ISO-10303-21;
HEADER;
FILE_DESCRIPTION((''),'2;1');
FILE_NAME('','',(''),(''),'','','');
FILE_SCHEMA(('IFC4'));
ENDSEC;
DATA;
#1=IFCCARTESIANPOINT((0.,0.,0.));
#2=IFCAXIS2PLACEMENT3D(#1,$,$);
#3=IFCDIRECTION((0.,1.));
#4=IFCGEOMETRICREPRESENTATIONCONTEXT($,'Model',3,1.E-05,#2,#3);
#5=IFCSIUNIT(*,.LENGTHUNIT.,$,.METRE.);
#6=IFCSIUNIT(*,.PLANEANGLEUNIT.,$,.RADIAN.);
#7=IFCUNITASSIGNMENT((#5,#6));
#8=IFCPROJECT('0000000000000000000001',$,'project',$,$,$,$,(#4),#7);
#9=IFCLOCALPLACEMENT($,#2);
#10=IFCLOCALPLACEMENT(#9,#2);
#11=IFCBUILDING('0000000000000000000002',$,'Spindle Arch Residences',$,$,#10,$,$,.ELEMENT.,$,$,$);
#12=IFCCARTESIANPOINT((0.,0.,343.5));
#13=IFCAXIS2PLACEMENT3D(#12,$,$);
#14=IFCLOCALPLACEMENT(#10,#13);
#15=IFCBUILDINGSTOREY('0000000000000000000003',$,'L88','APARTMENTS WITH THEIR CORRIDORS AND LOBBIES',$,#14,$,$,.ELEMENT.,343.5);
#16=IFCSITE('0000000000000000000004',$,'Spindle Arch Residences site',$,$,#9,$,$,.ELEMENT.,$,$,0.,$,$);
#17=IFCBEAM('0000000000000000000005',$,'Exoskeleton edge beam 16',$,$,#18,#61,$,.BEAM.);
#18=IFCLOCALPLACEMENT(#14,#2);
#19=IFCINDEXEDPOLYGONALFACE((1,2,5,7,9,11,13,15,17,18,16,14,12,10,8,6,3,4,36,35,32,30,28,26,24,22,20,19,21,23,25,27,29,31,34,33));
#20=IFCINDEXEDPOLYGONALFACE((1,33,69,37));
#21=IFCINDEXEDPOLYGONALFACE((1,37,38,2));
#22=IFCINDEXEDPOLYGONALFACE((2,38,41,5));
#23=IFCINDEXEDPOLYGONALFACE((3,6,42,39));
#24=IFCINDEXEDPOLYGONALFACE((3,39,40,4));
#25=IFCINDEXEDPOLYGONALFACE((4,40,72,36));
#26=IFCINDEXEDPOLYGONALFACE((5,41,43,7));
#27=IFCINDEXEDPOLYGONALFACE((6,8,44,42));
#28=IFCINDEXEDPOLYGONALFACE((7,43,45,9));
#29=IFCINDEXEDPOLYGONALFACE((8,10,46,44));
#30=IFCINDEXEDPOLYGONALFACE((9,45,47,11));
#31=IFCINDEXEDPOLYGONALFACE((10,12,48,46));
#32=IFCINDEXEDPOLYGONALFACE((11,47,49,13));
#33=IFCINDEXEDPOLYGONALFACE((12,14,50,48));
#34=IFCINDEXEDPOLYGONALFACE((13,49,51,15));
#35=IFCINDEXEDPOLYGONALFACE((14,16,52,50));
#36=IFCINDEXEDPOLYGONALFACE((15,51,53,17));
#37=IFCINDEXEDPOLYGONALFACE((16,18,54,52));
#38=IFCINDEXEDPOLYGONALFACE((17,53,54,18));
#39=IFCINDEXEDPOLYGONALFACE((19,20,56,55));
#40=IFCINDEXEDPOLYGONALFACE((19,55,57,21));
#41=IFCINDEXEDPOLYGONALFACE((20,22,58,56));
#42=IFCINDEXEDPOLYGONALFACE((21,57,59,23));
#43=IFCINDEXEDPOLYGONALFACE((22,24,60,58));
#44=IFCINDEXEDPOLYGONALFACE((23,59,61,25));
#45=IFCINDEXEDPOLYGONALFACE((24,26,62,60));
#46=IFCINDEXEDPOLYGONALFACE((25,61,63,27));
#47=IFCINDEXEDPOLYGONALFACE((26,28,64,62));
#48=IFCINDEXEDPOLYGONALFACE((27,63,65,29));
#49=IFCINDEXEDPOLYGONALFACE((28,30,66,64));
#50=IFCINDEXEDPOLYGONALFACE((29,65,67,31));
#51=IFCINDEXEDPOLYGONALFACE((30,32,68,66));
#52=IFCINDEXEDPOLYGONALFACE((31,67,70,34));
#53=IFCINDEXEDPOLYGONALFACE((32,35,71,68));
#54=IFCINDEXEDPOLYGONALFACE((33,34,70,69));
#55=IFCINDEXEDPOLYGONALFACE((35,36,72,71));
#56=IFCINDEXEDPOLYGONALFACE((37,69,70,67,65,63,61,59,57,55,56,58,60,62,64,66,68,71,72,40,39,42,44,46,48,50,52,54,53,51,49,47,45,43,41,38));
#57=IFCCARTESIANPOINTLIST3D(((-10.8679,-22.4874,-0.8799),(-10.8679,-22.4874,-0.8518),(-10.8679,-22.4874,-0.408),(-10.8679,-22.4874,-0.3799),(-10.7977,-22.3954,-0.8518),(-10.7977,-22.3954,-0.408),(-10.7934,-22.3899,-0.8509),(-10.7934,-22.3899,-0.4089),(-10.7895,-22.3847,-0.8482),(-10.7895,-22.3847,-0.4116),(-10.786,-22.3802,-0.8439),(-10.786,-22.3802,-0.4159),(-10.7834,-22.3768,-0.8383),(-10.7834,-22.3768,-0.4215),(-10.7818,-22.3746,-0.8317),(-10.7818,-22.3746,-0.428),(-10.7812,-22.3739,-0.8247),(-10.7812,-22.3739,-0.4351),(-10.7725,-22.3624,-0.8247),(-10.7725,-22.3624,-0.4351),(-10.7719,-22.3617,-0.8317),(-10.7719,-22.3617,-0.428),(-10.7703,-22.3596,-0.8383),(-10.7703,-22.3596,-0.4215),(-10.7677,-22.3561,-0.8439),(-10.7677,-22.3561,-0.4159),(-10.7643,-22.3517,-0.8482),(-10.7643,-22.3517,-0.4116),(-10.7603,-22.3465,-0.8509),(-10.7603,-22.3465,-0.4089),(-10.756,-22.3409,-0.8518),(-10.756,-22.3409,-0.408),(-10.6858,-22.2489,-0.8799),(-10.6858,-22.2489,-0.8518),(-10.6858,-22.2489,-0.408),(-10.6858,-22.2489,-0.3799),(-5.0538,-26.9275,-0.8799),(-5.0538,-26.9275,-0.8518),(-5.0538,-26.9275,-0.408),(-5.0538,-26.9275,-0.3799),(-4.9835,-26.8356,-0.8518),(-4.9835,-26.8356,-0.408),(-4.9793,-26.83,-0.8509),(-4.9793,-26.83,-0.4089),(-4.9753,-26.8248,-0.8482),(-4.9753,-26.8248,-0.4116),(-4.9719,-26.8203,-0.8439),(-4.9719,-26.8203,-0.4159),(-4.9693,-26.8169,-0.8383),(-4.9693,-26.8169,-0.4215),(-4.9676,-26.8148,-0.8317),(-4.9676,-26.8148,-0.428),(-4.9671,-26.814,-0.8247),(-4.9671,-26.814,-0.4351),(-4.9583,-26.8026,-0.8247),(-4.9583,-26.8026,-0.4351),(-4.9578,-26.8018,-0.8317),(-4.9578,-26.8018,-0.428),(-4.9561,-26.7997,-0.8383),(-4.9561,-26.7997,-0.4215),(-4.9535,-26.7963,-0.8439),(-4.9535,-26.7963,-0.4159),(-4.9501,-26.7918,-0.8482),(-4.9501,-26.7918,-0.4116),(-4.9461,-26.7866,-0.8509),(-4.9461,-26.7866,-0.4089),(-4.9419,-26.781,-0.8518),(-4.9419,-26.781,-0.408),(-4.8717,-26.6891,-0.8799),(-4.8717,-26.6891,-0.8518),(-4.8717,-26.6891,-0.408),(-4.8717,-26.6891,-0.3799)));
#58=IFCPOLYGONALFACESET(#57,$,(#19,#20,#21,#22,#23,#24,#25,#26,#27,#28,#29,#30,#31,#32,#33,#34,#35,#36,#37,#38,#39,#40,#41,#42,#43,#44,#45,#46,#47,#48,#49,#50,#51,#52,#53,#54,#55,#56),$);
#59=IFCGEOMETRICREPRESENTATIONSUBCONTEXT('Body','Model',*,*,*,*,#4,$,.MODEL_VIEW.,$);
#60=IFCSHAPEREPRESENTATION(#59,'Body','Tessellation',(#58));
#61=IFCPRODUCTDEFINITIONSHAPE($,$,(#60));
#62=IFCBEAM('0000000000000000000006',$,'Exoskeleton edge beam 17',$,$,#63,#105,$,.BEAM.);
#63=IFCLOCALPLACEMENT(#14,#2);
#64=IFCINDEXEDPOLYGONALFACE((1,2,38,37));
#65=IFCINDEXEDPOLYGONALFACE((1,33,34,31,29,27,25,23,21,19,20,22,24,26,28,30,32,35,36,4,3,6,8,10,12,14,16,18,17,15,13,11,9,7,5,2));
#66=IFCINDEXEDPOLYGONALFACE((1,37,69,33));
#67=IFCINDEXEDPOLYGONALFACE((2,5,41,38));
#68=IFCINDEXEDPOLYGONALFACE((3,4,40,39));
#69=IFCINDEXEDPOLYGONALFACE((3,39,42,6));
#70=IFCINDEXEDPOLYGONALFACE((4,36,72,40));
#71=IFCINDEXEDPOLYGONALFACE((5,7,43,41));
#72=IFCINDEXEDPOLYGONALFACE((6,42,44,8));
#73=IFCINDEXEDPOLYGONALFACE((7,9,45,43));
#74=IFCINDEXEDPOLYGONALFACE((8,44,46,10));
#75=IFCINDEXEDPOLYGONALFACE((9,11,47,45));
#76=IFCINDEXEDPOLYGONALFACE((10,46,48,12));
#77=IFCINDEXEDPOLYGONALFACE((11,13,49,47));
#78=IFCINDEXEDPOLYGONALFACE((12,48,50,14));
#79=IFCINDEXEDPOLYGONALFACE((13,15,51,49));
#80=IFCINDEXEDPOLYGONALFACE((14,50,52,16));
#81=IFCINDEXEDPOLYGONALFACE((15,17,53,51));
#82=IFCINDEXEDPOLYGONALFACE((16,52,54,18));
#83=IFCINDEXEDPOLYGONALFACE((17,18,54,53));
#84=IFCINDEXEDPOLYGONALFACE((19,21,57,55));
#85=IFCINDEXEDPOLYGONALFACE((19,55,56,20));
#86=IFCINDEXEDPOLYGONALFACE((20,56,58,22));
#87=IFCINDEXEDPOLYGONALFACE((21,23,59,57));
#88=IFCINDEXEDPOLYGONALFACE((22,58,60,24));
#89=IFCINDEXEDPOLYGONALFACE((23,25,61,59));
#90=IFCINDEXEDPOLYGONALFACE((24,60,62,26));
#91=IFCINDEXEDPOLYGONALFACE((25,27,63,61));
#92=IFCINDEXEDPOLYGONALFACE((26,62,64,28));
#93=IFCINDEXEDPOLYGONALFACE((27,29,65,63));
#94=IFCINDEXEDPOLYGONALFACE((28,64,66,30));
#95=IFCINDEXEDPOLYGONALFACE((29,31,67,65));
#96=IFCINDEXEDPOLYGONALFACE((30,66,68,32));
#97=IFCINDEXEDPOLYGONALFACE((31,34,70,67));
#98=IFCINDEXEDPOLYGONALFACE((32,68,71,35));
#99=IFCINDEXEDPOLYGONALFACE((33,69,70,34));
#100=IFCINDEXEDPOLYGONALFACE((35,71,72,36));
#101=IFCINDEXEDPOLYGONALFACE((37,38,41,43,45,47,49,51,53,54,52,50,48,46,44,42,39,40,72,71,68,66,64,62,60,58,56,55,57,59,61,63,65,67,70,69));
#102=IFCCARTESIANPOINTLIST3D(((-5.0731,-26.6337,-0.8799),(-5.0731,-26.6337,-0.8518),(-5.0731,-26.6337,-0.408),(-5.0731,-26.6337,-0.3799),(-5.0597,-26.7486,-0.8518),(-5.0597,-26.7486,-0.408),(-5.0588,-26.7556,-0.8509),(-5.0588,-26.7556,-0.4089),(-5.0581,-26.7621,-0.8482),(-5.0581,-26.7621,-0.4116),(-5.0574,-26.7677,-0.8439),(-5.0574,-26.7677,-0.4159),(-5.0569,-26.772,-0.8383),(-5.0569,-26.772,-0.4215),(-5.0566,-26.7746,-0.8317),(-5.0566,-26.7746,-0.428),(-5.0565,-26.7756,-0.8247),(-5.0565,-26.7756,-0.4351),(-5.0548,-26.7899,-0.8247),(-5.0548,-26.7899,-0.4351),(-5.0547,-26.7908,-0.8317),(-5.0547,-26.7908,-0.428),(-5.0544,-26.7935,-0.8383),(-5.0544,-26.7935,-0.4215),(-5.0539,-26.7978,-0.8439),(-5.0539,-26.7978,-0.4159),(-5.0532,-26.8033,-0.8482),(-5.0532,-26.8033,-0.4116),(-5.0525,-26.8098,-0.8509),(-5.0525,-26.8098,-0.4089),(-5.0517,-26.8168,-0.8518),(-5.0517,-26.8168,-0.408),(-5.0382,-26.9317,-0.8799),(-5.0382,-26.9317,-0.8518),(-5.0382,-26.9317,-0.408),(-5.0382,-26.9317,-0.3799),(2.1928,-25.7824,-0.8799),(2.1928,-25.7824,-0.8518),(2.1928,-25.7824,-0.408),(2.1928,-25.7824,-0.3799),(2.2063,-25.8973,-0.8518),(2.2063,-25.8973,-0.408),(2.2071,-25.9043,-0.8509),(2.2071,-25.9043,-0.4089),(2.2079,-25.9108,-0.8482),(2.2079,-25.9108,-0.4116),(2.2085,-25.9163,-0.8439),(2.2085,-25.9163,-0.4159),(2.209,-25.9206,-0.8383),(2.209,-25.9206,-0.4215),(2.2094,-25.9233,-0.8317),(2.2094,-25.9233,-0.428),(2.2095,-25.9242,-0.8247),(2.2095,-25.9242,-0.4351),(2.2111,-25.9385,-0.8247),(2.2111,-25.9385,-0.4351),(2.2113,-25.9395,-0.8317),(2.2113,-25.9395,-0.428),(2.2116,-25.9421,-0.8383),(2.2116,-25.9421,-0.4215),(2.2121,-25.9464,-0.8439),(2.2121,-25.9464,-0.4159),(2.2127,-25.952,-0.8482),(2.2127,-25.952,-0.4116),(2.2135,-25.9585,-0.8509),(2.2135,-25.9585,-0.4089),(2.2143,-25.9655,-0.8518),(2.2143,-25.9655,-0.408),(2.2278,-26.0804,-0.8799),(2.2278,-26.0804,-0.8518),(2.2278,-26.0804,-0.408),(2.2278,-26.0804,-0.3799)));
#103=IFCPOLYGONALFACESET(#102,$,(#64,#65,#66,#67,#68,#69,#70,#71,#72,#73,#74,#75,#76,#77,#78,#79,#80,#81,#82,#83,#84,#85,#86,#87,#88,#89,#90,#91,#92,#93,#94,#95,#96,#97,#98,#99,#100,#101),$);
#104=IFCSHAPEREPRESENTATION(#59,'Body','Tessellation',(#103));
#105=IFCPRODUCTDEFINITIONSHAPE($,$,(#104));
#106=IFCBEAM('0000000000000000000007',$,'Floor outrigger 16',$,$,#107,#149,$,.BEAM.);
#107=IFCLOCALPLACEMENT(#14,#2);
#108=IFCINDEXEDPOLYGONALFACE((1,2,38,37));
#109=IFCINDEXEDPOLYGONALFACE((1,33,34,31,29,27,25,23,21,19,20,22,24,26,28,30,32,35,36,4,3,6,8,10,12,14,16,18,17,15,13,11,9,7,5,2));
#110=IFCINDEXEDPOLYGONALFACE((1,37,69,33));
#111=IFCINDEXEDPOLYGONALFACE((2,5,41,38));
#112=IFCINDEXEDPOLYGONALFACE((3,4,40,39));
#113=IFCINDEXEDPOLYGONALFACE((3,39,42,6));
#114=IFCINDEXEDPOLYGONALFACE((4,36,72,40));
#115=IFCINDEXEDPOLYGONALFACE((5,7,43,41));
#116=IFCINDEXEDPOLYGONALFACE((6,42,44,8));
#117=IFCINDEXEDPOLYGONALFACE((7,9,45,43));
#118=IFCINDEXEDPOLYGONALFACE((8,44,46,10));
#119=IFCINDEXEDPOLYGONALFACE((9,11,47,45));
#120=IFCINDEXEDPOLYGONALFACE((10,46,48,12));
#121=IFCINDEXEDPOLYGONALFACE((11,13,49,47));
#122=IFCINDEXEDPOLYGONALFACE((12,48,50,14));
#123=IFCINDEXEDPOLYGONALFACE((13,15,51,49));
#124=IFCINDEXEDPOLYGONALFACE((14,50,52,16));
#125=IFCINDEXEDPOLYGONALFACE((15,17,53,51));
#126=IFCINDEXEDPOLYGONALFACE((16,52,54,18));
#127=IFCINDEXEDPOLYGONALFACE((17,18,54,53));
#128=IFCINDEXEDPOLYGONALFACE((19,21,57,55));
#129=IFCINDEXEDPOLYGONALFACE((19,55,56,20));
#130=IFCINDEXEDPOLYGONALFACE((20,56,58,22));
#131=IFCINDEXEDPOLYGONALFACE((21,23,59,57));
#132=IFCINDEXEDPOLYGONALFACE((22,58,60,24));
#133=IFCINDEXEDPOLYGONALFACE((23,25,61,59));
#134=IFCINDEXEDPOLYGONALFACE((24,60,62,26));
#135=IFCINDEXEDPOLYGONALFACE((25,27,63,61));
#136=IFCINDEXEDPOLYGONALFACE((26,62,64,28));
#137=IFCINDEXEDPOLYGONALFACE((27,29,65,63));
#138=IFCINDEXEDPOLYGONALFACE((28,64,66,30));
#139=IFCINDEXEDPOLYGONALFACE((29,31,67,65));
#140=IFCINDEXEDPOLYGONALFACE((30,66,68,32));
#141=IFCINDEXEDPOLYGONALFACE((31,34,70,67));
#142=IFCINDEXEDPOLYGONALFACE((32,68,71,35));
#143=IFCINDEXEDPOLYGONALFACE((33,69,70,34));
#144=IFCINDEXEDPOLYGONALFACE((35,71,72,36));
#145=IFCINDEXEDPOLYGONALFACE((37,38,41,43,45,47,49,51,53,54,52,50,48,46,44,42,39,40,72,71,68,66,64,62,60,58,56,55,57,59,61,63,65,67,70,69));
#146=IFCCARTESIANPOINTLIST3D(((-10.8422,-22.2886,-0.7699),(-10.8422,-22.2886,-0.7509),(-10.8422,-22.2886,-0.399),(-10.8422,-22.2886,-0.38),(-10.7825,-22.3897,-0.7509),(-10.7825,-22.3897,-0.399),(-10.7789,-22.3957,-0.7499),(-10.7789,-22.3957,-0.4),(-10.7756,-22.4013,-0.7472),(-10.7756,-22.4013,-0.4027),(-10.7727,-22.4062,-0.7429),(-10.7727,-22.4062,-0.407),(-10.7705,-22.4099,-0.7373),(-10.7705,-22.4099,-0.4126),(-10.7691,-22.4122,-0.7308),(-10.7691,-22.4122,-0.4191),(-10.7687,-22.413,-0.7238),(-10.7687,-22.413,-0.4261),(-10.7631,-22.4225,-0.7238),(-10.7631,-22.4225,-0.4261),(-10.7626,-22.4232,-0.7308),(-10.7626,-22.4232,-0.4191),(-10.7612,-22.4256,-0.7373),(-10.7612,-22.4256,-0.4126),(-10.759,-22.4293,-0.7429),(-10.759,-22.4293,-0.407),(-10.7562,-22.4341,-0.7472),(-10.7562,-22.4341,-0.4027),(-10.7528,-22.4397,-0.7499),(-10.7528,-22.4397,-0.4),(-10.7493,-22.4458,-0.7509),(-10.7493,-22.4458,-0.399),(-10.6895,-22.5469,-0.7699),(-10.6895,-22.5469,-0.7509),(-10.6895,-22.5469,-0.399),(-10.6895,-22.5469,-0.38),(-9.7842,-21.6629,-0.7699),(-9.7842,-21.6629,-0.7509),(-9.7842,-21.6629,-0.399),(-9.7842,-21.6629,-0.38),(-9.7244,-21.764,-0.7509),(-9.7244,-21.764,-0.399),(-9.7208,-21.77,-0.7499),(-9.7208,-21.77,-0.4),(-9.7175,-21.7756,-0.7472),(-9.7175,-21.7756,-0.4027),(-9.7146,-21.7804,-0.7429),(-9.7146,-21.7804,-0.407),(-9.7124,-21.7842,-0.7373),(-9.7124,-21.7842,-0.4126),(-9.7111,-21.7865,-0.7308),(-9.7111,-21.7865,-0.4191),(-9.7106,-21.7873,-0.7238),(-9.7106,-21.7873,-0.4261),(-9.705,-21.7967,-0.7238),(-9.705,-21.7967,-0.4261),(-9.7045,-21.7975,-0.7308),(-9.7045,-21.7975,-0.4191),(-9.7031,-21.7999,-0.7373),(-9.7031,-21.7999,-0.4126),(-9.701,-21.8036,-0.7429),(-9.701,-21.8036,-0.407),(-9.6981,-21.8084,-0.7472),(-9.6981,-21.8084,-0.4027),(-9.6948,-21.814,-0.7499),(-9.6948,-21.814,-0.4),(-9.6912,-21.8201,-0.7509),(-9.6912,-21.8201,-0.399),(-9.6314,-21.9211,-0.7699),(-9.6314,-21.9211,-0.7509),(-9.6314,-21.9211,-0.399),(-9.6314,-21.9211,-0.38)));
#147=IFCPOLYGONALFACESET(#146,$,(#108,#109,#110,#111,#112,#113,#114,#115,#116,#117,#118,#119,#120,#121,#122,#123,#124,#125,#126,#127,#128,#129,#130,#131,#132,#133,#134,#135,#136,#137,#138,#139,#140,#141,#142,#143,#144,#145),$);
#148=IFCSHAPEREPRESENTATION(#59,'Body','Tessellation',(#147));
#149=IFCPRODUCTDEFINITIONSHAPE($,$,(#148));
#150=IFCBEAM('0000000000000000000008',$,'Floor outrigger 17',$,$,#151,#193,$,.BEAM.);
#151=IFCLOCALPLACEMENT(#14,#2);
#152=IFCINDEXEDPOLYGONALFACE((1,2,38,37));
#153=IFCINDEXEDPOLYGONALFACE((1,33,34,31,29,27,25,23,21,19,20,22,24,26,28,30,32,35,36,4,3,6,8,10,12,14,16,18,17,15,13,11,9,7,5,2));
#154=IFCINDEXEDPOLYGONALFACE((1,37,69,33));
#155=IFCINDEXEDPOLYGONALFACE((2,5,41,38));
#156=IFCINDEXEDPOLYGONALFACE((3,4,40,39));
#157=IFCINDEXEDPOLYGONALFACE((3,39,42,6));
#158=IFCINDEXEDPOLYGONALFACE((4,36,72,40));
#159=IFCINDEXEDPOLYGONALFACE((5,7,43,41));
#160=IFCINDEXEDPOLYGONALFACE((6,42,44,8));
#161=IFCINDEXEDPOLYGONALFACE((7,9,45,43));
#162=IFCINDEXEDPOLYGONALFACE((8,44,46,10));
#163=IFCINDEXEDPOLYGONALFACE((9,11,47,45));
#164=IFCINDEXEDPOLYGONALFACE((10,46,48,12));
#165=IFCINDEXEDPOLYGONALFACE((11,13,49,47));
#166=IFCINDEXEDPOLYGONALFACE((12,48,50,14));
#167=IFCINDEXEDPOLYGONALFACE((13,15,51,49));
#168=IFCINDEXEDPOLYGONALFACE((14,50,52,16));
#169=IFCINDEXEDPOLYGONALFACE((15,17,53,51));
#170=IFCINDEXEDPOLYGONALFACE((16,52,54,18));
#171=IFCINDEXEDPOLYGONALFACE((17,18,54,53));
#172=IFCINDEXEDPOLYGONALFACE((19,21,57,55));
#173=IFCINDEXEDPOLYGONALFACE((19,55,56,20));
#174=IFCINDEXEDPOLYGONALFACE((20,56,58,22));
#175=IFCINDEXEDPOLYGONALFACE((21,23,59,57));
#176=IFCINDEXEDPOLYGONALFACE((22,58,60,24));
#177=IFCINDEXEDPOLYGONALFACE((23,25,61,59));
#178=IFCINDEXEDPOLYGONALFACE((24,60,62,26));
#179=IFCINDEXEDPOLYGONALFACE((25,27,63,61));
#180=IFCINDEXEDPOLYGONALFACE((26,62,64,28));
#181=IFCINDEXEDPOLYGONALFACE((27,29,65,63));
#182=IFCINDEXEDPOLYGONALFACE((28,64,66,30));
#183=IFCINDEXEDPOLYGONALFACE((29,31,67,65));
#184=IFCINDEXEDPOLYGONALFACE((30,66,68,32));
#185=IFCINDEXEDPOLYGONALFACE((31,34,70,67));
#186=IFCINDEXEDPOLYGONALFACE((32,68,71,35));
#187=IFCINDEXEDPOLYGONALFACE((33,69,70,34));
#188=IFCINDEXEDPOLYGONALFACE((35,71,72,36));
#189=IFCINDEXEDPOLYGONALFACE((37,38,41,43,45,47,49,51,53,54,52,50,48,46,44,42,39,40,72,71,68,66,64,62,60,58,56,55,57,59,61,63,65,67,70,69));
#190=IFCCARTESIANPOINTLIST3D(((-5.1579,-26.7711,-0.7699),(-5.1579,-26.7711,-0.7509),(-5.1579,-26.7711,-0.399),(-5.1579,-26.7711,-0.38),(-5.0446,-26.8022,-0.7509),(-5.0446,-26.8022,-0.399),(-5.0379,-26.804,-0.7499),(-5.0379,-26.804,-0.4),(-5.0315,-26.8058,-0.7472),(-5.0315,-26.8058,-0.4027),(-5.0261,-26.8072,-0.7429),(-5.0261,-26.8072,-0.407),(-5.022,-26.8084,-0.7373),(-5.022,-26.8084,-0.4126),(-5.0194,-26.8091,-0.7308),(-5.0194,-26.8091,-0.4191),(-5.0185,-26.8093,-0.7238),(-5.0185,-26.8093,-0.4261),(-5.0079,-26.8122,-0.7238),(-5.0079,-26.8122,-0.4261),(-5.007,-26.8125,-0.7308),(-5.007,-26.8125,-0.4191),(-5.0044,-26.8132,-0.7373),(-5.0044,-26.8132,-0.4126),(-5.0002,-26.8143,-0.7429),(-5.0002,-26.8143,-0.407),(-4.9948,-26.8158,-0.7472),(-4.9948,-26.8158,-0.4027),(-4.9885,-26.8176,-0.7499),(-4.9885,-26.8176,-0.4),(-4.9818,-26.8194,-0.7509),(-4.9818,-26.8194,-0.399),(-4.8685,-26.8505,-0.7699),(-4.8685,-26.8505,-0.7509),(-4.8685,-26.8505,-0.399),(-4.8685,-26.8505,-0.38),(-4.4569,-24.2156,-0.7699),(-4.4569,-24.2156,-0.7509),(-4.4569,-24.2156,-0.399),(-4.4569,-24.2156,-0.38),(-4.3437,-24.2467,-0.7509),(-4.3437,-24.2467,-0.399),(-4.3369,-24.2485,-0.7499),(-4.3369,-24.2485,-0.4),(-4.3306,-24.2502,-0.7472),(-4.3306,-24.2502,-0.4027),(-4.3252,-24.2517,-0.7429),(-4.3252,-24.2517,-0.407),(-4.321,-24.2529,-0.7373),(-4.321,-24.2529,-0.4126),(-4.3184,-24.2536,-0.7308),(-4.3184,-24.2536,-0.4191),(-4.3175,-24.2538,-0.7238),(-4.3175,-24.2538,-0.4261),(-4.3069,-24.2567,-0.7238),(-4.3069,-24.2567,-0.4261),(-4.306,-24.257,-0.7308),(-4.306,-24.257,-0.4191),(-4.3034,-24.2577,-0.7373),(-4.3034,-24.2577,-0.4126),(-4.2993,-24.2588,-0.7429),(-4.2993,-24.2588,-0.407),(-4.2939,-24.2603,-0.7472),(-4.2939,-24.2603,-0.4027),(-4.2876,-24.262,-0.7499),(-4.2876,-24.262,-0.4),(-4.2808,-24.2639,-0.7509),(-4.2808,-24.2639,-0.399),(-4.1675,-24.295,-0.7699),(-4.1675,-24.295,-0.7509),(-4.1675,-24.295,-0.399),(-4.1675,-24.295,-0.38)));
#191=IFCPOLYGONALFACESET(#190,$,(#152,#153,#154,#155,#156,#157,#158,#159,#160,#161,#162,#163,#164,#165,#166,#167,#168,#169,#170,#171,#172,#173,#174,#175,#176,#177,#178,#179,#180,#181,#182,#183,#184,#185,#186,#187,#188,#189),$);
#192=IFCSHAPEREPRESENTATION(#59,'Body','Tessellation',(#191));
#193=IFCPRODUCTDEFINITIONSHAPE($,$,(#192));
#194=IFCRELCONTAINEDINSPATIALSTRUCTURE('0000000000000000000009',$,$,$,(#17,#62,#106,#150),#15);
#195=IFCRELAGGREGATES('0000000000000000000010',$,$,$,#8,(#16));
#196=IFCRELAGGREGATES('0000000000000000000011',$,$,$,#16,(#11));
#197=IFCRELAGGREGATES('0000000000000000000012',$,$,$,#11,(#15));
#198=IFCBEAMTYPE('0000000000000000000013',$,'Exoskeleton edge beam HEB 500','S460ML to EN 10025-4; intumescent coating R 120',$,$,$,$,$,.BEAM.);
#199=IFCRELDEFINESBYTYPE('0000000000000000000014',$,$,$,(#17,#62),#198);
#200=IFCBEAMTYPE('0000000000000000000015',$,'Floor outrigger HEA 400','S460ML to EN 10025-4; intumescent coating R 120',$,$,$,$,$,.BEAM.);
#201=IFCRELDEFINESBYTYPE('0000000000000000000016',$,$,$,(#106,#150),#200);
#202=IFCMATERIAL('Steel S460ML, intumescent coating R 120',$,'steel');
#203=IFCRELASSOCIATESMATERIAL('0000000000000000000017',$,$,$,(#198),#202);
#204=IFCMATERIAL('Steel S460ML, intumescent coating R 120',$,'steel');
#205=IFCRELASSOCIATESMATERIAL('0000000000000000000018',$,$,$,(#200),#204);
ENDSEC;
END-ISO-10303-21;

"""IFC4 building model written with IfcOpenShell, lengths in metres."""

from ifc_helpers import new_model, si_unit, direction, frame, origin, origin_2d, place, context, subcontext, project, spatial, i_section, extrude, material, material_profile, profile_set, type_object, element, save


model = new_model("IFC4")

# Units and contexts
model_context = context("Model", 3, precision=1e-05, world=origin(), true_north=direction((0.0, 1.0)))
body_context = subcontext(model_context, "Body", "Model", "MODEL_VIEW")
ifc_project = project(units=[si_unit("LENGTHUNIT", "METRE"), si_unit("PLANEANGLEUNIT", "RADIAN")], contexts=[model_context])

# Site, building, storey
site_placement = place(None, origin())
site = spatial("IfcSite", under=ifc_project, at=site_placement, Name="Spindle Arch Residences site", CompositionType="ELEMENT", RefElevation=0.0)
building_placement = place(site_placement, origin())
building = spatial("IfcBuilding", under=site, at=building_placement, Name="Spindle Arch Residences", CompositionType="ELEMENT")
storey_placement = place(building_placement, frame((0.0, 0.0, 343.5)))
storey = spatial("IfcBuildingStorey", under=building, at=storey_placement, Name="L88", Description="APARTMENTS WITH THEIR CORRIDORS AND LOBBIES", CompositionType="ELEMENT", Elevation=343.5)

# Beams
ifc_material_1 = material(Name="Steel S460ML, intumescent coating R 120", Category="steel")
ifc_material_profile_1 = material_profile(ifc_material_1, i_section(OverallWidth=0.3, OverallDepth=0.5, WebThickness=0.0144, FlangeThickness=0.0281, FilletRadius=0.0271, at=origin_2d()), Name="HEB 500")
ifc_profile_set_1 = profile_set([ifc_material_profile_1], Name="Steel S460ML, intumescent coating R 120")
beam_type_1 = type_object("IfcBeamType", Name="Exoskeleton edge beam HEB 500", Description="S460ML to EN 10025-4; intumescent coating R 120", PredefinedType="BEAM", material=ifc_profile_set_1)
for number, where, z_axis, x_axis, name in (
    (1, (-10.7769, -22.3682, -0.6299), (0.794752, -0.606935, 0.0), (0.606935, 0.794752, 0.0), "Exoskeleton edge beam 16"),
    (2, (-5.0557, -26.7827, -0.6299), (0.993206, 0.116371, 0.0), (-0.116371, 0.993206, 0.0), "Exoskeleton edge beam 17"),
):
    element("IfcBeam", number, at=place(storey_placement, frame(where, z_axis=z_axis, x_axis=x_axis)), inside=storey, type_object=beam_type_1, Name=name, PredefinedType="BEAM", context=body_context, shape_type="SweptSolid", body=[
        extrude(i_section(OverallWidth=0.3, OverallDepth=0.5, WebThickness=0.0144, FlangeThickness=0.0281, FilletRadius=0.0271, at=origin_2d()), origin(), (0.0, 0.0, 1.0), 7.3157),
    ])
ifc_material_2 = material(Name="Steel S460ML, intumescent coating R 120", Category="steel")
ifc_material_profile_2 = material_profile(ifc_material_2, i_section(OverallWidth=0.3, OverallDepth=0.3899, WebThickness=0.011, FlangeThickness=0.019, FilletRadius=0.0271, at=origin_2d()), Name="HEA 400")
ifc_profile_set_2 = profile_set([ifc_material_profile_2], Name="Steel S460ML, intumescent coating R 120")
beam_type_2 = type_object("IfcBeamType", Name="Floor outrigger HEA 400", Description="S460ML to EN 10025-4; intumescent coating R 120", PredefinedType="BEAM", material=ifc_profile_set_2)
beam_1_placement = place(storey_placement, frame((-10.7659, -22.4177, -0.575), z_axis=(0.860753, 0.509024, 0.0), x_axis=(-0.509024, 0.860753, 0.0)))
element("IfcBeam", 3, at=beam_1_placement, inside=storey, type_object=beam_type_2, Name="Floor outrigger 16", PredefinedType="BEAM", context=body_context, shape_type="SweptSolid", body=[
    extrude(i_section(OverallWidth=0.3, OverallDepth=0.3899, WebThickness=0.011, FlangeThickness=0.019, FilletRadius=0.0271, at=origin_2d()), origin(), (0.0, 0.0, 1.0), 1.2292),
])
beam_2_placement = place(storey_placement, frame((-5.0132, -26.8108, -0.575), z_axis=(0.26452, 0.96438, 0.0), x_axis=(-0.96438, 0.26452, 0.0)))
element("IfcBeam", 4, at=beam_2_placement, inside=storey, type_object=beam_type_2, Name="Floor outrigger 17", PredefinedType="BEAM", context=body_context, shape_type="SweptSolid", body=[
    extrude(i_section(OverallWidth=0.3, OverallDepth=0.3899, WebThickness=0.011, FlangeThickness=0.019, FilletRadius=0.0271, at=origin_2d()), origin(), (0.0, 0.0, 1.0), 2.6499),
])

save(model, "model.ifc")
